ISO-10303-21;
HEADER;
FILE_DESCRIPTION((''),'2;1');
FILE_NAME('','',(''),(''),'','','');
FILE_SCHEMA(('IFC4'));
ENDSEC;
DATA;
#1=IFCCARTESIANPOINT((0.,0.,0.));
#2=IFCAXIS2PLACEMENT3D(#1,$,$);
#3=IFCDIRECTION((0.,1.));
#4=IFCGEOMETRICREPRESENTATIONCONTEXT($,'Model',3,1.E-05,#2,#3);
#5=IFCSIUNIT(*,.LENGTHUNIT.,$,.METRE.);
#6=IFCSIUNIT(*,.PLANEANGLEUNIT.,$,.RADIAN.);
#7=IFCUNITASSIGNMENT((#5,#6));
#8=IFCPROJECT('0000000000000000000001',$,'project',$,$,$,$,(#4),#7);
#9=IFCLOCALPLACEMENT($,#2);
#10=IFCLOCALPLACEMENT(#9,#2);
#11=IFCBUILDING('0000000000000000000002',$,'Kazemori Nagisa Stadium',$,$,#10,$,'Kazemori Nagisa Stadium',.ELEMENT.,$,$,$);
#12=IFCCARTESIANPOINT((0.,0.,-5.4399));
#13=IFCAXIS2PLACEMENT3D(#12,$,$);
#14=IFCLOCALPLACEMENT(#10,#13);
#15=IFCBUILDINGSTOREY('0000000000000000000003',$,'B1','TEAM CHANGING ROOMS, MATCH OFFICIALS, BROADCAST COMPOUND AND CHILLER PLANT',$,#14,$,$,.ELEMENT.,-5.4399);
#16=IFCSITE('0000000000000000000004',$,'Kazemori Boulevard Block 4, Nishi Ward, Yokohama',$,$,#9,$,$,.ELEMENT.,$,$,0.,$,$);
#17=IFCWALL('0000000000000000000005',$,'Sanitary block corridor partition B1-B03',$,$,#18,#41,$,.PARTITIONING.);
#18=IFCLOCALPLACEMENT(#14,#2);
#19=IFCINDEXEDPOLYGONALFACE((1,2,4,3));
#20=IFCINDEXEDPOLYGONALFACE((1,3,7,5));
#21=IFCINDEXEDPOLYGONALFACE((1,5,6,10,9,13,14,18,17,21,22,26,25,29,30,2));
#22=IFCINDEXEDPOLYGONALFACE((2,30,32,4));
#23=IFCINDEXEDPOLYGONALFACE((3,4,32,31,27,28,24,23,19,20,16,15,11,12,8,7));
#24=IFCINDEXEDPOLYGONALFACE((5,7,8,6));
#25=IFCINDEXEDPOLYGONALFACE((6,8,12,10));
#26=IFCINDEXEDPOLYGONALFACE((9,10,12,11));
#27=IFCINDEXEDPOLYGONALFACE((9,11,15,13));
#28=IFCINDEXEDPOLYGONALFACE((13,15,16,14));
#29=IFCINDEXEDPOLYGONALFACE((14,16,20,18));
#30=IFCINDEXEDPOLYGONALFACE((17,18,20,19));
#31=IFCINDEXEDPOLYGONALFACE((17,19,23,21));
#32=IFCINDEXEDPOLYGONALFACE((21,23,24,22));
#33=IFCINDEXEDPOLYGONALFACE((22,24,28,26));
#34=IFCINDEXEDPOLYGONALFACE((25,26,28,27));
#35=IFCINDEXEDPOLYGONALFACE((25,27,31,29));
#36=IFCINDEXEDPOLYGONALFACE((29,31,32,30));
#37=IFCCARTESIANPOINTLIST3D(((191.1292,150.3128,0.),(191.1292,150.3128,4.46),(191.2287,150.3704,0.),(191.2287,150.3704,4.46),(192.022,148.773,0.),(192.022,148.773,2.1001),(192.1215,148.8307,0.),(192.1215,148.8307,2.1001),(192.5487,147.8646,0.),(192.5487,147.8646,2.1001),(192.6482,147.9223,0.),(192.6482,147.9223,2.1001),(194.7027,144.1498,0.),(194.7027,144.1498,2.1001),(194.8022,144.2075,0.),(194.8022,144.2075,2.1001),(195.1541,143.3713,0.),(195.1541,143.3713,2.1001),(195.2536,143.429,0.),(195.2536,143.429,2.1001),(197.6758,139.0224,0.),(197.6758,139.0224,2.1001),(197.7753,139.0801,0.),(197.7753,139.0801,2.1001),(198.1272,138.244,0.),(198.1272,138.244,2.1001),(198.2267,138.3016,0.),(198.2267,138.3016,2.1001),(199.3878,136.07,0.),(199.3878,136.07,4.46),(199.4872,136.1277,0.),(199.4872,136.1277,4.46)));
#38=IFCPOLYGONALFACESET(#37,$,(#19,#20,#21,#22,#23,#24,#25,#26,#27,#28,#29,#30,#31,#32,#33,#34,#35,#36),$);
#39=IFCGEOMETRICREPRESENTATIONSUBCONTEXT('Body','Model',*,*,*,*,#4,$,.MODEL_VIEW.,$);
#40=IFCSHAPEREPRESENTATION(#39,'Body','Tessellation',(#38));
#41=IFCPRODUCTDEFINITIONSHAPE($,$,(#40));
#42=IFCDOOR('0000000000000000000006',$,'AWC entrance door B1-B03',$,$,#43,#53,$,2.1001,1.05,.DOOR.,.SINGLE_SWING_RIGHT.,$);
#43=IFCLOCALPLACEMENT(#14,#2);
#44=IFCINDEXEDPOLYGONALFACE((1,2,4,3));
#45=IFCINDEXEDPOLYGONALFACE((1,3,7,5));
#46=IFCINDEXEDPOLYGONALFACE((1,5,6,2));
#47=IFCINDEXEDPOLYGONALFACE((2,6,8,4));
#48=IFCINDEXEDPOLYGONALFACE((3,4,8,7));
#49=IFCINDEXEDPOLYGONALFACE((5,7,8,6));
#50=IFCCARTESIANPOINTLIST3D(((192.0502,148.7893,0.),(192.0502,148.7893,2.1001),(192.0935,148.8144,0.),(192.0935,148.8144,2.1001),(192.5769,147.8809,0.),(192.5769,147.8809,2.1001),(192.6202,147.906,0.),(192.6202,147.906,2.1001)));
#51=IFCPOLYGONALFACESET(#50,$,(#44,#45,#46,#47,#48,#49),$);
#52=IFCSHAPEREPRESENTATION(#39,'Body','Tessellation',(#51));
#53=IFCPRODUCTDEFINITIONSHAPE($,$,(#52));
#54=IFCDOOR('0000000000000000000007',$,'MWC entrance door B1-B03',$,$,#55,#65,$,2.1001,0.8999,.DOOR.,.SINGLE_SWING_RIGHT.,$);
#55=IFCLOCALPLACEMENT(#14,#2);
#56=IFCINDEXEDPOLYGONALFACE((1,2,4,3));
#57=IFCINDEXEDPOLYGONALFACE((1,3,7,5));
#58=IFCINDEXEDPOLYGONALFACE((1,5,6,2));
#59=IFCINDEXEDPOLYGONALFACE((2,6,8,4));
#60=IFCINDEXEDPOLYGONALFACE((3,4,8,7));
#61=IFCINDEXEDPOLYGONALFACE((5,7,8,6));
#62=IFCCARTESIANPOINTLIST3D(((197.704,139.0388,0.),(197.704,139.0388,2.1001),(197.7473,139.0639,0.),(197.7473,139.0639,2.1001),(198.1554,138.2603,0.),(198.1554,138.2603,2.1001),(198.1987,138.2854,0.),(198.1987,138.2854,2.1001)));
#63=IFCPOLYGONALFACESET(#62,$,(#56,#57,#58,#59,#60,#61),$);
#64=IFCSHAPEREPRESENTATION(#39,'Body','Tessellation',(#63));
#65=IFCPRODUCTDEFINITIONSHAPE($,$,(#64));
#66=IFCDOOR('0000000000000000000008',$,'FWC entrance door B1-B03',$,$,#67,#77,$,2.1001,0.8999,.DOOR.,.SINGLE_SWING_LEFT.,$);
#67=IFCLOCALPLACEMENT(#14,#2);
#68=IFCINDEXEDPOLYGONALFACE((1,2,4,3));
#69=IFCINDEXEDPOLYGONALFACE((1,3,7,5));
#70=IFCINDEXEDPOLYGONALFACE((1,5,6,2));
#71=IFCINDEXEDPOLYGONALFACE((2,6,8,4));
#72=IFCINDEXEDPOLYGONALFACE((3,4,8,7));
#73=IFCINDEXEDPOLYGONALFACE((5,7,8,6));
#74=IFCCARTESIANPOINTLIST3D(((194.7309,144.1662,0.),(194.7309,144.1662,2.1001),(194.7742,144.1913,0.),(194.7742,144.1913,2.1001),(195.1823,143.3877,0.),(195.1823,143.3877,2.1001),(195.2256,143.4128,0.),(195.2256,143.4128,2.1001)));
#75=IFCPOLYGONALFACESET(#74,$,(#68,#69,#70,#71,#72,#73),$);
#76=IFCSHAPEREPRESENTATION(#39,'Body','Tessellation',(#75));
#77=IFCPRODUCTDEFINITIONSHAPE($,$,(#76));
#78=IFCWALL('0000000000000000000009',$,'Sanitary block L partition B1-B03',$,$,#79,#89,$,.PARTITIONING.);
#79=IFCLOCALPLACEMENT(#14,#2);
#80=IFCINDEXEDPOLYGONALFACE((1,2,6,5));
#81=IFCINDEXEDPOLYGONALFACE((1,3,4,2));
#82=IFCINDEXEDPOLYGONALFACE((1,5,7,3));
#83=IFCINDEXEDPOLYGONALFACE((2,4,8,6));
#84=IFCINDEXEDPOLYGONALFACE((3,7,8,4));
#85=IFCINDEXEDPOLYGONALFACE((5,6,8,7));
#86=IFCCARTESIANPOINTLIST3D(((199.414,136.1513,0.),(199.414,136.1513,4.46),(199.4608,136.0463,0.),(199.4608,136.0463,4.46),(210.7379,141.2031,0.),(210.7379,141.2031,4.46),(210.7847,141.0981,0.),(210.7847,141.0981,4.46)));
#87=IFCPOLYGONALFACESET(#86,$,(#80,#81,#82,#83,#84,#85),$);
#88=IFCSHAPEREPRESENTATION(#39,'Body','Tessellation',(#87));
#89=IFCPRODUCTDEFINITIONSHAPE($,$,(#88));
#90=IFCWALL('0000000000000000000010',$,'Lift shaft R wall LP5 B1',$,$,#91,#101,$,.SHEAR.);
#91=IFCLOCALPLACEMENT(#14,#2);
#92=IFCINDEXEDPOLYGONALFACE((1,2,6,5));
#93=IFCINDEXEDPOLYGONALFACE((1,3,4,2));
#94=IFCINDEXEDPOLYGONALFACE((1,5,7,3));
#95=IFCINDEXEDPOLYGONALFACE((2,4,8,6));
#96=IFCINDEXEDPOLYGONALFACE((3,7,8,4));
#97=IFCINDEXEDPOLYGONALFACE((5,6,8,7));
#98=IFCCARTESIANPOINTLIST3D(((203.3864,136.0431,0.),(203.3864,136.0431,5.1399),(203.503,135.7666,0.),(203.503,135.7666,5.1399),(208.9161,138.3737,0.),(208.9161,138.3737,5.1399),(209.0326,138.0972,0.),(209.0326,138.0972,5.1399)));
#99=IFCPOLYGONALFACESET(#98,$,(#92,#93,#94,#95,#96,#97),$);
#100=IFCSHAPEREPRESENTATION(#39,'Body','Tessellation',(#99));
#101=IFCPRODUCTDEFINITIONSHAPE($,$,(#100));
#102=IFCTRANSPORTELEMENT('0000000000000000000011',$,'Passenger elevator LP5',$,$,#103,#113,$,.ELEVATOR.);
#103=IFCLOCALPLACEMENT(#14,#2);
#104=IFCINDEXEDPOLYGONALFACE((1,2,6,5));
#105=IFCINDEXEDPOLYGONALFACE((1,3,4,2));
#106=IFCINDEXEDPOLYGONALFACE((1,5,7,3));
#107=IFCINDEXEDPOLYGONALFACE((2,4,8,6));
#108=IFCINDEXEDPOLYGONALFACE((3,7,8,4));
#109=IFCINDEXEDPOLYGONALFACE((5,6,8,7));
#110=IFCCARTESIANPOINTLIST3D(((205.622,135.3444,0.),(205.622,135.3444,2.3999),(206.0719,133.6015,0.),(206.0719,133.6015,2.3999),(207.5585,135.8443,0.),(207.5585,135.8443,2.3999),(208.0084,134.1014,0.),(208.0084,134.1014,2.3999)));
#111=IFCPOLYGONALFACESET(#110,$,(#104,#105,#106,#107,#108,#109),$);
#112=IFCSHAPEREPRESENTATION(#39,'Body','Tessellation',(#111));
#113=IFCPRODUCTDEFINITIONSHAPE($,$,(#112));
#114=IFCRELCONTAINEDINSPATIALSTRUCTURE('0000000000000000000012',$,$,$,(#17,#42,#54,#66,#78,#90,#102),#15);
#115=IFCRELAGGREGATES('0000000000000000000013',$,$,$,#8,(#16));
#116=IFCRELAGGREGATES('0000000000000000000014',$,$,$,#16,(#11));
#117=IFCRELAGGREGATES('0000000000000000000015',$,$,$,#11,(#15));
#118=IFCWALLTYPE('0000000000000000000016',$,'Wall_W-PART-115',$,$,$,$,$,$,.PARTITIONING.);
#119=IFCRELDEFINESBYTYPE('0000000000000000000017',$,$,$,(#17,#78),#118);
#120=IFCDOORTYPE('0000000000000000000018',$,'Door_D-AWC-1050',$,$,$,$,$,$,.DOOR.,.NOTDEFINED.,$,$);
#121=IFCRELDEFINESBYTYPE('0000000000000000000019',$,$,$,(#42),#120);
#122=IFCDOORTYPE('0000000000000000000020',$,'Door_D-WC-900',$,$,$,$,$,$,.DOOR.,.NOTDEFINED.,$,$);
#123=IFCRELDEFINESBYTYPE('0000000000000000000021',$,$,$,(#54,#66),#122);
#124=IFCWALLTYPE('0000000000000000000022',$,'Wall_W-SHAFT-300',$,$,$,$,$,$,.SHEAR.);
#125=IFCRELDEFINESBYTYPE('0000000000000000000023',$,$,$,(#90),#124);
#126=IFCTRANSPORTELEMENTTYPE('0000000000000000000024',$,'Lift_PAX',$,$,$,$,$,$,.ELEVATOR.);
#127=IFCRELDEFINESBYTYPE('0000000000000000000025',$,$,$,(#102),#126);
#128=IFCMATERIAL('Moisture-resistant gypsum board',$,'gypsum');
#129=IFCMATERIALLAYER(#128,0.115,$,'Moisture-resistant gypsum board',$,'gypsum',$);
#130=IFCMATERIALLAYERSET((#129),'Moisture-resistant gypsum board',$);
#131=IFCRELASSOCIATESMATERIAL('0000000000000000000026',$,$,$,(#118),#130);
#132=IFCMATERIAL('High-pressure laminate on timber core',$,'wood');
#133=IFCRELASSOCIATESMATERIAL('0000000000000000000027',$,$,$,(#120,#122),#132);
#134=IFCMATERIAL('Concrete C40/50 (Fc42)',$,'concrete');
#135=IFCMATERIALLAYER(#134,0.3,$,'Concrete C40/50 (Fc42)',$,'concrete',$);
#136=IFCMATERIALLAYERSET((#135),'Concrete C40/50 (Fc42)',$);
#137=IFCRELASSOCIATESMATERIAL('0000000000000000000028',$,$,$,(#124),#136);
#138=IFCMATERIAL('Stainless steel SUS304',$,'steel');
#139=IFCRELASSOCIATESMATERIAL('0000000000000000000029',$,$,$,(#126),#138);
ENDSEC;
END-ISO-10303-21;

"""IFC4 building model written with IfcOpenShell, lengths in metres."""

from ifc_helpers import new_model, si_unit, direction, frame, frame_2d, origin, origin_2d, place, context, subcontext, project, spatial, rectangle, extrude, material, layer, layer_set, type_object, element, fill, save


model = new_model("IFC4")

# Units and contexts
model_context = context("Model", 3, precision=1e-05, world=origin(), true_north=direction((0.0, 1.0)))
body_context = subcontext(model_context, "Body", "Model", "MODEL_VIEW")
ifc_project = project(units=[si_unit("LENGTHUNIT", "METRE"), si_unit("PLANEANGLEUNIT", "RADIAN")], contexts=[model_context])

# Site, building, storey
site_placement = place(None, origin())
site = spatial("IfcSite", under=ifc_project, at=site_placement, Name="Kazemori Boulevard Block 4, Nishi Ward, Yokohama", CompositionType="ELEMENT", RefElevation=0.0)
building_placement = place(site_placement, origin())
building = spatial("IfcBuilding", under=site, at=building_placement, Name="Kazemori Nagisa Stadium", LongName="Kazemori Nagisa Stadium", CompositionType="ELEMENT")
storey_placement = place(building_placement, frame((0.0, 0.0, -5.4399)))
storey = spatial("IfcBuildingStorey", under=building, at=storey_placement, Name="B1", Description="TEAM CHANGING ROOMS, MATCH OFFICIALS, BROADCAST COMPOUND AND CHILLER PLANT", CompositionType="ELEMENT", Elevation=-5.4399)

# Shared definitions
ifc_material_1 = material(Name="Concrete C40/50 (Fc42)", Category="concrete")

# Wall, openings, doors
ifc_material_2 = material(Name="Moisture-resistant gypsum board", Category="gypsum")
ifc_layer_1 = layer(ifc_material_2, 0.115, Name="Moisture-resistant gypsum board", Category="gypsum")
ifc_layer_set_1 = layer_set([ifc_layer_1], Name="Moisture-resistant gypsum board")
wall_type_1 = type_object("IfcWallType", Name="Wall_W-PART-115", PredefinedType="PARTITIONING", material=ifc_layer_set_1)
wall_1_placement = place(storey_placement, frame((199.4375, 136.0989, 0.0), z_axis=(0.0, 0.0, 1.0), x_axis=(-0.501618, 0.865089, 0.0)))
wall_1 = element("IfcWall", 1, at=wall_1_placement, inside=storey, type_object=wall_type_1, Name="Sanitary block corridor partition B1-B03", PredefinedType="PARTITIONING", context=body_context, shape_type="SweptSolid", body=[
    extrude(rectangle(XDim=16.4639, YDim=0.115, at=frame_2d((8.2319, 0.0))), origin(), (0.0, 0.0, 1.0), 4.46),
])
opening_1_placement = place(wall_1_placement, frame((2.5129, 0.0, 0.0)))
opening_1 = element("IfcOpeningElement", 2, at=opening_1_placement, cuts=wall_1, PredefinedType="OPENING", context=body_context, shape_type="SweptSolid", body=[
    extrude(rectangle(XDim=0.8999, YDim=2.1001, at=frame_2d((0.45, 1.05))), frame((0.0, 0.0674, 0.0), z_axis=(0.0, -1.0, 0.0), x_axis=(1.0, 0.0, 0.0)), (0.0, 0.0, 1.0), 0.135),
])
opening_2_placement = place(wall_1_placement, frame((8.4399, 0.0, 0.0)))
opening_2 = element("IfcOpeningElement", 3, at=opening_2_placement, cuts=wall_1, PredefinedType="OPENING", context=body_context, shape_type="SweptSolid", body=[
    extrude(rectangle(XDim=0.8999, YDim=2.1001, at=frame_2d((0.45, 1.05))), frame((0.0, 0.0674, 0.0), z_axis=(0.0, -1.0, 0.0), x_axis=(1.0, 0.0, 0.0)), (0.0, 0.0, 1.0), 0.135),
])
opening_3_placement = place(wall_1_placement, frame((13.634, 0.0, 0.0)))
opening_3 = element("IfcOpeningElement", 4, at=opening_3_placement, cuts=wall_1, PredefinedType="OPENING", context=body_context, shape_type="SweptSolid", body=[
    extrude(rectangle(XDim=1.05, YDim=2.1001, at=frame_2d((0.5249, 1.05))), frame((0.0, 0.0674, 0.0), z_axis=(0.0, -1.0, 0.0), x_axis=(1.0, 0.0, 0.0)), (0.0, 0.0, 1.0), 0.135),
])
ifc_material_3 = material(Name="High-pressure laminate on timber core", Category="wood")
door_type_1 = type_object("IfcDoorType", Name="Door_D-AWC-1050", OperationType="NOTDEFINED", PredefinedType="DOOR", material=ifc_material_3)
door_1_placement = place(opening_3_placement, origin())
door_1 = element("IfcDoor", 5, at=door_1_placement, inside=storey, type_object=door_type_1, Name="AWC entrance door B1-B03", OperationType="SINGLE_SWING_RIGHT", OverallHeight=2.1001, OverallWidth=1.05, PredefinedType="DOOR", context=body_context, shape_type="SweptSolid", body=[
    extrude(rectangle(XDim=1.05, YDim=2.1001, at=frame_2d((0.5249, 1.05))), frame((0.0, 0.0249, 0.0), z_axis=(0.0, -1.0, 0.0), x_axis=(1.0, 0.0, 0.0)), (0.0, 0.0, 1.0), 0.05),
])
fill(opening_3, door_1)
door_type_2 = type_object("IfcDoorType", Name="Door_D-WC-900", OperationType="NOTDEFINED", PredefinedType="DOOR", material=ifc_material_3)
door_2_placement = place(opening_1_placement, origin())
door_2 = element("IfcDoor", 6, at=door_2_placement, inside=storey, type_object=door_type_2, Name="MWC entrance door B1-B03", OperationType="SINGLE_SWING_RIGHT", OverallHeight=2.1001, OverallWidth=0.8999, PredefinedType="DOOR", context=body_context, shape_type="SweptSolid", body=[
    extrude(rectangle(XDim=0.8999, YDim=2.1001, at=frame_2d((0.45, 1.05))), frame((0.0, 0.0249, 0.0), z_axis=(0.0, -1.0, 0.0), x_axis=(1.0, 0.0, 0.0)), (0.0, 0.0, 1.0), 0.05),
])
fill(opening_1, door_2)
door_3_placement = place(opening_2_placement, origin())
door_3 = element("IfcDoor", 7, at=door_3_placement, inside=storey, type_object=door_type_2, Name="FWC entrance door B1-B03", OperationType="SINGLE_SWING_LEFT", OverallHeight=2.1001, OverallWidth=0.8999, PredefinedType="DOOR", context=body_context, shape_type="SweptSolid", body=[
    extrude(rectangle(XDim=0.8999, YDim=2.1001, at=frame_2d((0.45, 1.05))), frame((0.0, 0.0249, 0.0), z_axis=(0.0, -1.0, 0.0), x_axis=(1.0, 0.0, 0.0)), (0.0, 0.0, 1.0), 0.05),
])
fill(opening_2, door_3)

# Walls
wall_2_placement = place(storey_placement, frame((199.4375, 136.0989, 0.0), z_axis=(0.0, 0.0, 1.0), x_axis=(0.913246, 0.40741, 0.0)))
element("IfcWall", 8, at=wall_2_placement, inside=storey, type_object=wall_type_1, Name="Sanitary block L partition B1-B03", PredefinedType="PARTITIONING", context=body_context, shape_type="SweptSolid", body=[
    extrude(rectangle(XDim=12.3997, YDim=0.115, at=frame_2d((6.1997, 0.0))), origin(), (0.0, 0.0, 1.0), 4.46),
])
ifc_layer_2 = layer(ifc_material_1, 0.3, Name="Concrete C40/50 (Fc42)", Category="concrete")
ifc_layer_set_2 = layer_set([ifc_layer_2], Name="Concrete C40/50 (Fc42)")
wall_type_2 = type_object("IfcWallType", Name="Wall_W-SHAFT-300", PredefinedType="SHEAR", material=ifc_layer_set_2)
wall_3_placement = place(storey_placement, frame((203.4446, 135.9048, 0.0), z_axis=(0.0, 0.0, 1.0), x_axis=(0.921496, 0.388388, 0.0)))
element("IfcWall", 9, at=wall_3_placement, inside=storey, type_object=wall_type_2, Name="Lift shaft R wall LP5 B1", PredefinedType="SHEAR", context=body_context, shape_type="SweptSolid", body=[
    extrude(rectangle(XDim=6.0007, YDim=0.3, at=frame_2d((3.0005, 0.0))), origin(), (0.0, 0.0, 1.0), 5.1399),
])

# Transport element
ifc_material_4 = material(Name="Stainless steel SUS304", Category="steel")
transport_element_type = type_object("IfcTransportElementType", Name="Lift_PAX", PredefinedType="ELEVATOR", material=ifc_material_4)
transport_element_placement = place(storey_placement, frame((206.8152, 134.7229, 0.0), z_axis=(0.0, 0.0, 1.0), x_axis=(-0.249965, 0.968255, 0.0)))
element("IfcTransportElement", 10, at=transport_element_placement, inside=storey, type_object=transport_element_type, Name="Passenger elevator LP5", PredefinedType="ELEVATOR", context=body_context, shape_type="SweptSolid", body=[
    extrude(rectangle(XDim=1.8, YDim=2.0, at=origin_2d()), origin(), (0.0, 0.0, 1.0), 2.3999),
])

save(model, "model.ifc")
